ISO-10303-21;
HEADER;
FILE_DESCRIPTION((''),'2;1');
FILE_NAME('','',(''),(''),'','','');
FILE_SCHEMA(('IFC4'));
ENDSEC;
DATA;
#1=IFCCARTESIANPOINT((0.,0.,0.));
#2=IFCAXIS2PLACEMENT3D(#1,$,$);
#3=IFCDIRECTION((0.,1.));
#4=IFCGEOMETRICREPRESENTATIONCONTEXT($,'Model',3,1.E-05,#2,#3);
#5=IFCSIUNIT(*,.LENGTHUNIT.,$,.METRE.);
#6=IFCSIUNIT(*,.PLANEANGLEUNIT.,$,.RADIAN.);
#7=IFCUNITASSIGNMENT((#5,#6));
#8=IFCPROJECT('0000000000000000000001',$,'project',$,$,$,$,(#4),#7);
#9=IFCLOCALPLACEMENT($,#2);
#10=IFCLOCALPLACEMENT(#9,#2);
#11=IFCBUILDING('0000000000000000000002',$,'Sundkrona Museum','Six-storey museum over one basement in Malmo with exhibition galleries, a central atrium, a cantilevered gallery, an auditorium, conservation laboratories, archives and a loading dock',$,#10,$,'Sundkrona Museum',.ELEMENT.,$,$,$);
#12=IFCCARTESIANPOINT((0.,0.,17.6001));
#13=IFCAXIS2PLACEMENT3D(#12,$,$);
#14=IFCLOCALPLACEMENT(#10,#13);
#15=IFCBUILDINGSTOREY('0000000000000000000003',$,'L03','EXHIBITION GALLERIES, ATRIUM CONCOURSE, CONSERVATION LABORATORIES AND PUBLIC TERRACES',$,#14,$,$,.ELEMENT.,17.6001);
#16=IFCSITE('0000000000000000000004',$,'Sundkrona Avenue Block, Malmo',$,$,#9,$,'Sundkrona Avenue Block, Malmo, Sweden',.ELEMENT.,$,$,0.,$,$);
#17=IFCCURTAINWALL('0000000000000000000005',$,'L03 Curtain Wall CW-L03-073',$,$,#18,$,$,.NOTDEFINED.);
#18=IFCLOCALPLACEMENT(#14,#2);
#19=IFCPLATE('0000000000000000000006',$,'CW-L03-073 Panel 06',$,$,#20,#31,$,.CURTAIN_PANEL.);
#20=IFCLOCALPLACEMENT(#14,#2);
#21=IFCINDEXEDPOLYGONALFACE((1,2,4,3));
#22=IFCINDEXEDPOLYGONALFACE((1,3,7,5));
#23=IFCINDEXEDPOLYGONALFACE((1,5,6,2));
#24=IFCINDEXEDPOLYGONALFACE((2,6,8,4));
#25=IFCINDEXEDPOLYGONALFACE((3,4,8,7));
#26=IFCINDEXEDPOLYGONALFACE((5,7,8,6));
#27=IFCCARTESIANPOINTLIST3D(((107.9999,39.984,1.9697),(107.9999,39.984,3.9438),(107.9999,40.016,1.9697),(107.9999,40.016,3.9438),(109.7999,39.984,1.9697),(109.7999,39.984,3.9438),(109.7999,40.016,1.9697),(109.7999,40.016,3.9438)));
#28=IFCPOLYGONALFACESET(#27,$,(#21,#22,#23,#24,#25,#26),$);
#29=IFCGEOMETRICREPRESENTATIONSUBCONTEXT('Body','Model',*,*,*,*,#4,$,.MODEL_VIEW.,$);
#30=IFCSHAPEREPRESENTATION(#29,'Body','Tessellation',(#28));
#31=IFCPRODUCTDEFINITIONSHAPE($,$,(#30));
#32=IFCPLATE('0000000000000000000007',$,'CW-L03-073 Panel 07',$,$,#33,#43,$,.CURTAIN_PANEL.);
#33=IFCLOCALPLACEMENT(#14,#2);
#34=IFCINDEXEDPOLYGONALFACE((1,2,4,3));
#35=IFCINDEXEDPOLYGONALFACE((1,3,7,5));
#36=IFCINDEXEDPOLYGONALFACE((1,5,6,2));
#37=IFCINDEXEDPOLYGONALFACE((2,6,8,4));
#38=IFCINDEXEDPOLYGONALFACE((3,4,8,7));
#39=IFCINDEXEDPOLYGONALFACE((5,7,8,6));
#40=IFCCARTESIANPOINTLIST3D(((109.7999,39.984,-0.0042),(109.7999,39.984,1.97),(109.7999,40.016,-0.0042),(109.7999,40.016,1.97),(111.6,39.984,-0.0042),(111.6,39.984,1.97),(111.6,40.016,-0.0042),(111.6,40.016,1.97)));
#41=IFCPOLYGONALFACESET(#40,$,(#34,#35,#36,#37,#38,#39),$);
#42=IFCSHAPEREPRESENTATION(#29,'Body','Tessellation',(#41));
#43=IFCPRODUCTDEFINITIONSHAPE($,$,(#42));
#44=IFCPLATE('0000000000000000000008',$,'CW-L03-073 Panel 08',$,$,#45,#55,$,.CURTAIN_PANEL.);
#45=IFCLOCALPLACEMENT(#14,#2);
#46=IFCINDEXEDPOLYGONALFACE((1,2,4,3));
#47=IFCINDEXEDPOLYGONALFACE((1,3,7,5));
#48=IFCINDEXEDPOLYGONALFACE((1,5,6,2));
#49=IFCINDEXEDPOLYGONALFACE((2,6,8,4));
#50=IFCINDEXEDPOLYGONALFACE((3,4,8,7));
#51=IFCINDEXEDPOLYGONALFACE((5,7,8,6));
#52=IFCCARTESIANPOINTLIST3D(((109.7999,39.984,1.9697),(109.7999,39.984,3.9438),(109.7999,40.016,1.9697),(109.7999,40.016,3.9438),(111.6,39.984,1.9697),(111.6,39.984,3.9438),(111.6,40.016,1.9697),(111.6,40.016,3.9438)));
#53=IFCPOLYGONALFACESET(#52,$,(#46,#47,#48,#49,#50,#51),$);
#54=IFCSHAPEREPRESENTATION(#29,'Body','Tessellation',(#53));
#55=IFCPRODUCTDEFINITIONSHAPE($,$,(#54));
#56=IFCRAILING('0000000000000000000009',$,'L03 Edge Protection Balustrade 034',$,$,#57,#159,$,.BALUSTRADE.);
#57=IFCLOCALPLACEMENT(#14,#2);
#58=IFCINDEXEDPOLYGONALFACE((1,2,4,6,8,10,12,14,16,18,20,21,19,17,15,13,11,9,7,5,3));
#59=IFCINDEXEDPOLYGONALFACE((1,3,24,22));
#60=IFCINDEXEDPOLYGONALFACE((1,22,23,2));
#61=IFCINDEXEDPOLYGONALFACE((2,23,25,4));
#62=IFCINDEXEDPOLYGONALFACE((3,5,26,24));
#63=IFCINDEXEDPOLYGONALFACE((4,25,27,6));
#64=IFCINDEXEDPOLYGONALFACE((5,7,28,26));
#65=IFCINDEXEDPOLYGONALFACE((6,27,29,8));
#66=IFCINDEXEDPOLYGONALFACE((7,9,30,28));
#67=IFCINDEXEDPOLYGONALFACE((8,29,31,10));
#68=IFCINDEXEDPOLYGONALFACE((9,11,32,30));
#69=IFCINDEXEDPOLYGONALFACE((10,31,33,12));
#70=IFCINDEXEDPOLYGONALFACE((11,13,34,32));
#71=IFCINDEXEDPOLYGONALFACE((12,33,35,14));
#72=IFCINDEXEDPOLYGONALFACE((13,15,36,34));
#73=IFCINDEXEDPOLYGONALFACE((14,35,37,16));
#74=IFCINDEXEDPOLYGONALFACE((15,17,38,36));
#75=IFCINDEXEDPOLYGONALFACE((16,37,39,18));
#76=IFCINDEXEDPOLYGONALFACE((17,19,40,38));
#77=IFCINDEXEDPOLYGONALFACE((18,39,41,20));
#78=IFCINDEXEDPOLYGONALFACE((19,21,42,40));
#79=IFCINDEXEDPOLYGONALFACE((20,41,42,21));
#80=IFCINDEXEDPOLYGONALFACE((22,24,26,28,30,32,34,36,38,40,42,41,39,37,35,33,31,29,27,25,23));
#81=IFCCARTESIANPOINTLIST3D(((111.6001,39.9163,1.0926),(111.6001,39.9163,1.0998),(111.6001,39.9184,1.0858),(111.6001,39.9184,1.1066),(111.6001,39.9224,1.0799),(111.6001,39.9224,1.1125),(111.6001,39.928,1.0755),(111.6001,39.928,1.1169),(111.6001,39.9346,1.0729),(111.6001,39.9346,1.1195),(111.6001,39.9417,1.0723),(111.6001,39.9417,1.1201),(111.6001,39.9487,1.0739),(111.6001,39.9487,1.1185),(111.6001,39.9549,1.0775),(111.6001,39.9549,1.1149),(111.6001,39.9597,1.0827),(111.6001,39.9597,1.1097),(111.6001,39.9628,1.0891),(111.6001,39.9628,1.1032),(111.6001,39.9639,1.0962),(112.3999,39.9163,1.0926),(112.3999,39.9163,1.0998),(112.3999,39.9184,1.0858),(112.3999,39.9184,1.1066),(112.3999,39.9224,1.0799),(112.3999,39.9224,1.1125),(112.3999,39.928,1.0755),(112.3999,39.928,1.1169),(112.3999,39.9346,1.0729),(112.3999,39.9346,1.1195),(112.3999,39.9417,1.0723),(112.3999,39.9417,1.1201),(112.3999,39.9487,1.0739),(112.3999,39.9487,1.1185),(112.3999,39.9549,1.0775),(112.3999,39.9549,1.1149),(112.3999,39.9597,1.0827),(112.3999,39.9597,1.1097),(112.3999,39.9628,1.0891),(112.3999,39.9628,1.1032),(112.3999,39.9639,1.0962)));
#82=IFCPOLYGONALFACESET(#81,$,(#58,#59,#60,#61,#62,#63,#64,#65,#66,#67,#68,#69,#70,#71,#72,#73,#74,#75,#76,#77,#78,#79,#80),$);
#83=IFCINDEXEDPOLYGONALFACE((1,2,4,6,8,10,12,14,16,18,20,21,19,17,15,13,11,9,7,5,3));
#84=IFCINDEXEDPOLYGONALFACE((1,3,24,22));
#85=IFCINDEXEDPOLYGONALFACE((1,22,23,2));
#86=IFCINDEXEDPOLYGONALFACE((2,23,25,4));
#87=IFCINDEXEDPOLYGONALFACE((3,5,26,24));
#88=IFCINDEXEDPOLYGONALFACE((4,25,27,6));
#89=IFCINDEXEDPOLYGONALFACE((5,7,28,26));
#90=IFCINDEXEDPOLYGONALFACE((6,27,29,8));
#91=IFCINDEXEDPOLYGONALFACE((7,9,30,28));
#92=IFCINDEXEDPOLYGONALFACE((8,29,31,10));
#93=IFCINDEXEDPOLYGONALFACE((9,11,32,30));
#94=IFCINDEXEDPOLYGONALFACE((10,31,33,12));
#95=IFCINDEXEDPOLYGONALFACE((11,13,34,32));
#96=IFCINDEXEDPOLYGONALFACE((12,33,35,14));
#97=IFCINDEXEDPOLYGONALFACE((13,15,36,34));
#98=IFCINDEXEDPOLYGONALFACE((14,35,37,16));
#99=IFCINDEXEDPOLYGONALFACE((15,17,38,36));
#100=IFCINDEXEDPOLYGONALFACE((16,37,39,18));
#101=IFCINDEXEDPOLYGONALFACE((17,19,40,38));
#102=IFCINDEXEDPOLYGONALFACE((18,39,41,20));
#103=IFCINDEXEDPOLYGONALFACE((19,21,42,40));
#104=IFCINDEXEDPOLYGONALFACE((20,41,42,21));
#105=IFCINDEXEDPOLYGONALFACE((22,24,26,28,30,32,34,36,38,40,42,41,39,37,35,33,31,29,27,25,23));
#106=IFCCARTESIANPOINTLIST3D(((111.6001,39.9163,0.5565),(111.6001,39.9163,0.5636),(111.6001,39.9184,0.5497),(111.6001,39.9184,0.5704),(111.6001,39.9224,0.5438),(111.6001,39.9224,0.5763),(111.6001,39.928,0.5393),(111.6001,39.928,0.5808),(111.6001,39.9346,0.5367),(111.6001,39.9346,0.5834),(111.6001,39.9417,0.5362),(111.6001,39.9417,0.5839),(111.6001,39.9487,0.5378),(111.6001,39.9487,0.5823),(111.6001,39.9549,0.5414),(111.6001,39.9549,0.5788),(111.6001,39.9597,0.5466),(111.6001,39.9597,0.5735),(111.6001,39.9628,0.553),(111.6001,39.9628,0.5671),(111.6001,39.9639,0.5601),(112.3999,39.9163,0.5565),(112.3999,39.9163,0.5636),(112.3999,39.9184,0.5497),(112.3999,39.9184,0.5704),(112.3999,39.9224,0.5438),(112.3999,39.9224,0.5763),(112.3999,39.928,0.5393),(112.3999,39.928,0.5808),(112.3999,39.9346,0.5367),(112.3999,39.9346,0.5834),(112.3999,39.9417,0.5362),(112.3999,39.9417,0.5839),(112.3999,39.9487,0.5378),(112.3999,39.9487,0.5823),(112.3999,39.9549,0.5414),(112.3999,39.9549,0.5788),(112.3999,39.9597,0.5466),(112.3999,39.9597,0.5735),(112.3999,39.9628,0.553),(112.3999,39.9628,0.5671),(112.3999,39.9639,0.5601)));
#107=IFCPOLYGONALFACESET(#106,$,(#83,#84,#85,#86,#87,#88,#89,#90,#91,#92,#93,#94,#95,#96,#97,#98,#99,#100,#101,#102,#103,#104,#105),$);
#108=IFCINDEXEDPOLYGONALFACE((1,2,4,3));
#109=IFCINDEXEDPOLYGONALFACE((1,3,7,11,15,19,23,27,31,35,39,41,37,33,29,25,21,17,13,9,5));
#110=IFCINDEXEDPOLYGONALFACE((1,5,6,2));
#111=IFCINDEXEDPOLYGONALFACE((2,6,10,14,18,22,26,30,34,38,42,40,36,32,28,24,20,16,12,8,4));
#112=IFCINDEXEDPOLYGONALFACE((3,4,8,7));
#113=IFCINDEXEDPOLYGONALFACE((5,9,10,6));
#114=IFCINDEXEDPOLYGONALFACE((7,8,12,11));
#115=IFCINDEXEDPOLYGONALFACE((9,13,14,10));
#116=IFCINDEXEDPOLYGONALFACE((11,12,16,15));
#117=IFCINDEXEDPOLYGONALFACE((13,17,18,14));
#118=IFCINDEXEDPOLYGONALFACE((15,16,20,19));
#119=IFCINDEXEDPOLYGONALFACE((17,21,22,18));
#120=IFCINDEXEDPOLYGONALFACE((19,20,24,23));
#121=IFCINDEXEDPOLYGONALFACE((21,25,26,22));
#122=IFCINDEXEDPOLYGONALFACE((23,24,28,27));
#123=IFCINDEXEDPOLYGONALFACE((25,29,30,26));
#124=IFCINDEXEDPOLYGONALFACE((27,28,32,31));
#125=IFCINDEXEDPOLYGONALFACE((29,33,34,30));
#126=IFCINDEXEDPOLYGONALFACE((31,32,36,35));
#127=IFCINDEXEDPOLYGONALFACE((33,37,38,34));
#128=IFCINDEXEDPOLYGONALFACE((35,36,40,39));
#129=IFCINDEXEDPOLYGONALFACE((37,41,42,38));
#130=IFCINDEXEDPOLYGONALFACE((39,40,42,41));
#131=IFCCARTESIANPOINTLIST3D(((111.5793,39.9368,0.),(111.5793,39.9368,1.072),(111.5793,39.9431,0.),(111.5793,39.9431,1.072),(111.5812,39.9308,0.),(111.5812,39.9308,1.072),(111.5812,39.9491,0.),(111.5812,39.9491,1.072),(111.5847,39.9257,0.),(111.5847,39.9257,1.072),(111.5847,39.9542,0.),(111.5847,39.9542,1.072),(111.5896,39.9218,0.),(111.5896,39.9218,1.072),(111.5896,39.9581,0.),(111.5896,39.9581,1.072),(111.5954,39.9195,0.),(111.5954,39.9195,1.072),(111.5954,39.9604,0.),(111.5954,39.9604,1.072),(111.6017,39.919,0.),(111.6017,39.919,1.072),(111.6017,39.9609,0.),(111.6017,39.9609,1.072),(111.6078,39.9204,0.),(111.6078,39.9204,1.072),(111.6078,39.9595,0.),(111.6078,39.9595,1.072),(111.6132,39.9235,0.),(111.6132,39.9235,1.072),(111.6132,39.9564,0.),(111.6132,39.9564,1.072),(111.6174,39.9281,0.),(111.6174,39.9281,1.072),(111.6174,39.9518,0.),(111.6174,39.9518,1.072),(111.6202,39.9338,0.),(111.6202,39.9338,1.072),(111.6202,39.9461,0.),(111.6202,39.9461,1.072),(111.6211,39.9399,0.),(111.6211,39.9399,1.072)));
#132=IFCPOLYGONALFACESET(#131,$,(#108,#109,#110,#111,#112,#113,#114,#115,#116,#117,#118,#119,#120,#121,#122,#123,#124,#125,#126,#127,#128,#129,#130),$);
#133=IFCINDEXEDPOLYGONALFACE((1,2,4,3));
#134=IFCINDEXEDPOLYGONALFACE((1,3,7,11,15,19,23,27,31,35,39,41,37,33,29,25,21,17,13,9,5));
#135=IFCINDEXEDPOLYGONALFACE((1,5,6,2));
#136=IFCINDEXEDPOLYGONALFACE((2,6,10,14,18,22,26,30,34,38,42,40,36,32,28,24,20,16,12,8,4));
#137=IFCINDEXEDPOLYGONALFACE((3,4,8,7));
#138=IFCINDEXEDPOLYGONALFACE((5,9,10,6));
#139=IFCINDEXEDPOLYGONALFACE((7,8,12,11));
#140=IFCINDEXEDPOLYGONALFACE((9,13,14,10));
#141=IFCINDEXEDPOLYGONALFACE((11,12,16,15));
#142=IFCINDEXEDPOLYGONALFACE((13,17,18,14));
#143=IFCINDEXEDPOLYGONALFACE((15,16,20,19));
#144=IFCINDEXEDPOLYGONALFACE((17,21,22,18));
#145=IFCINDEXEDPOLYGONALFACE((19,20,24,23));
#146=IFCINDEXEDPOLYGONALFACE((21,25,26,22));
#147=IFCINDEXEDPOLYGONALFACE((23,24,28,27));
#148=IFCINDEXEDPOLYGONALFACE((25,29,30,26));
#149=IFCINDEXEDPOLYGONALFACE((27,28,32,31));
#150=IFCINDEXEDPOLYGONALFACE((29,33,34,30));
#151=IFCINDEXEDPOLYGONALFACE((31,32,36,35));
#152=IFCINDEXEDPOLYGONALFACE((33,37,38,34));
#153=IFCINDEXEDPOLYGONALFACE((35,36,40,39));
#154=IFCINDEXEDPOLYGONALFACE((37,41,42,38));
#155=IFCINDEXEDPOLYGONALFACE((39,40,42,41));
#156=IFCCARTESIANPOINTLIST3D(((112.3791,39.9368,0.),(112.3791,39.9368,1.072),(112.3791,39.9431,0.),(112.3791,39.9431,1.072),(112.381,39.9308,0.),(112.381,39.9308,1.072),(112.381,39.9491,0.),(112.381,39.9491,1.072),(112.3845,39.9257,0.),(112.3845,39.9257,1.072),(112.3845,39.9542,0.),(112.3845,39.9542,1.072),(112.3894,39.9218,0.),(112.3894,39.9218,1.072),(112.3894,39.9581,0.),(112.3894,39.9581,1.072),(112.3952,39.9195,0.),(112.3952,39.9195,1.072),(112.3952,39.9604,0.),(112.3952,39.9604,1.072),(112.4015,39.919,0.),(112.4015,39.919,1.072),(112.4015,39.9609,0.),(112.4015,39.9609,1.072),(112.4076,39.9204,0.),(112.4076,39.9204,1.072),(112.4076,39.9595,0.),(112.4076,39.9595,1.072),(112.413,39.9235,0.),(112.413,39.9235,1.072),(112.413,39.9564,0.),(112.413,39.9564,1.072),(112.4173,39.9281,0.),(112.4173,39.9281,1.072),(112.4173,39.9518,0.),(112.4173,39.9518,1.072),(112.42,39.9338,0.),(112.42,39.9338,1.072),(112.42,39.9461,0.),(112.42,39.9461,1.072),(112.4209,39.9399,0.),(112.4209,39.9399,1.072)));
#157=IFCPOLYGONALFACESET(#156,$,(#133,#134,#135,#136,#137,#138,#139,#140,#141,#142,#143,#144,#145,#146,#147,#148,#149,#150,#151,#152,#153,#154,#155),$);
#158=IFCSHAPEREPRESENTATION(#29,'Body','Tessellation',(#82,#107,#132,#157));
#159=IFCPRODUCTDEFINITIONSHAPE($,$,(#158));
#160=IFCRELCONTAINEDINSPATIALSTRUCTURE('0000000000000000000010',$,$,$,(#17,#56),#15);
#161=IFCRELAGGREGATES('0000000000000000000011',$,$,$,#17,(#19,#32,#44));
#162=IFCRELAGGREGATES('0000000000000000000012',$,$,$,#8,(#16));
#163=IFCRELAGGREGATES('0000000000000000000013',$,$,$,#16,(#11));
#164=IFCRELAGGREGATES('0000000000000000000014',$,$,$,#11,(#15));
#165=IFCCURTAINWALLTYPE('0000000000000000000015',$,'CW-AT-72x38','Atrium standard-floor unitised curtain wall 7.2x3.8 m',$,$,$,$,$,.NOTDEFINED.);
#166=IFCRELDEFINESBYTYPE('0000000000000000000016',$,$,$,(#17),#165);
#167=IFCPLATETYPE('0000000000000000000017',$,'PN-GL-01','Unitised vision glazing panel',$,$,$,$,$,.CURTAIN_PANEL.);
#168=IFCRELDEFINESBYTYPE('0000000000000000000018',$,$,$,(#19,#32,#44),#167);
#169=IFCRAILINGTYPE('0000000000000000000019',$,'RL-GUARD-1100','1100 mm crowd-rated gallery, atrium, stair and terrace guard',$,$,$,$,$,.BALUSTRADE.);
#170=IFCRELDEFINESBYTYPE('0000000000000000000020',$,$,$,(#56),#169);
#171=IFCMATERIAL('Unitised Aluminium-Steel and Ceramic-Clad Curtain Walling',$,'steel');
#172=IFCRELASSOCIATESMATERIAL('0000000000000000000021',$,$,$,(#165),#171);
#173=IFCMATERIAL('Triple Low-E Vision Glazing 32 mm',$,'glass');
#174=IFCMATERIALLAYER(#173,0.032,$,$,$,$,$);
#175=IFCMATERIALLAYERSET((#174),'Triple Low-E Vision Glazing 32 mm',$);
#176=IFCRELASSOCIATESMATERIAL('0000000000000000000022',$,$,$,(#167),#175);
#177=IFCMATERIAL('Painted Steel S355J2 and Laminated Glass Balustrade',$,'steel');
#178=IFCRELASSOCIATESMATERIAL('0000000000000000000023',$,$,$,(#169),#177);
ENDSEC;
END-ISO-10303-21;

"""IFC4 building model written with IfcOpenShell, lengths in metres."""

from ifc_helpers import new_model, si_unit, direction, frame, origin, origin_2d, place, context, subcontext, project, spatial, rectangle, circle, extrude, material, layer, layer_set, type_object, element, aggregate, save


model = new_model("IFC4")

# Units and contexts
model_context = context("Model", 3, precision=1e-05, world=origin(), true_north=direction((0.0, 1.0)))
body_context = subcontext(model_context, "Body", "Model", "MODEL_VIEW")
ifc_project = project(units=[si_unit("LENGTHUNIT", "METRE"), si_unit("PLANEANGLEUNIT", "RADIAN")], contexts=[model_context])

# Site, building, storey
site_placement = place(None, origin())
site = spatial("IfcSite", under=ifc_project, at=site_placement, Name="Sundkrona Avenue Block, Malmo", LongName="Sundkrona Avenue Block, Malmo, Sweden", CompositionType="ELEMENT", RefElevation=0.0)
building_placement = place(site_placement, origin())
building = spatial("IfcBuilding", under=site, at=building_placement, Name="Sundkrona Museum", Description="Six-storey museum over one basement in Malmo with exhibition galleries, a central atrium, a cantilevered gallery, an auditorium, conservation laboratories, archives and a loading dock", LongName="Sundkrona Museum", CompositionType="ELEMENT")
storey_placement = place(building_placement, frame((0.0, 0.0, 17.6001)))
storey = spatial("IfcBuildingStorey", under=building, at=storey_placement, Name="L03", Description="EXHIBITION GALLERIES, ATRIUM CONCOURSE, CONSERVATION LABORATORIES AND PUBLIC TERRACES", CompositionType="ELEMENT", Elevation=17.6001)

# Curtain wall
ifc_material_1 = material(Name="Unitised Aluminium-Steel and Ceramic-Clad Curtain Walling", Category="steel")
curtain_wall_type = type_object("IfcCurtainWallType", Name="CW-AT-72x38", Description="Atrium standard-floor unitised curtain wall 7.2x3.8 m", PredefinedType="NOTDEFINED", material=ifc_material_1)
curtain_wall_1_placement = place(storey_placement, origin())
curtain_wall_1 = element("IfcCurtainWall", 1, at=curtain_wall_1_placement, inside=storey, type_object=curtain_wall_type, Name="L03 Curtain Wall CW-L03-073", PredefinedType="NOTDEFINED")

# Plates
ifc_material_2 = material(Name="Triple Low-E Vision Glazing 32 mm", Category="glass")
ifc_layer = layer(ifc_material_2, 0.032)
ifc_layer_set = layer_set([ifc_layer], Name="Triple Low-E Vision Glazing 32 mm")
plate_type = type_object("IfcPlateType", Name="PN-GL-01", Description="Unitised vision glazing panel", PredefinedType="CURTAIN_PANEL", material=ifc_layer_set)
plate_1_placement = place(storey_placement, frame((108.8999, 40.0, 1.9697), z_axis=(0.0, 0.0, 1.0), x_axis=(1.0, 0.0, 0.0)))
plate_1 = element("IfcPlate", 2, at=plate_1_placement, type_object=plate_type, Name="CW-L03-073 Panel 06", PredefinedType="CURTAIN_PANEL", context=body_context, shape_type="SweptSolid", body=[
    extrude(rectangle(XDim=1.8, YDim=0.032, at=origin_2d()), origin(), (0.0, 0.0, 1.0), 1.9741),
])
plate_2_placement = place(storey_placement, frame((110.7, 40.0, -0.0042), z_axis=(0.0, 0.0, 1.0), x_axis=(1.0, 0.0, 0.0)))
plate_2 = element("IfcPlate", 3, at=plate_2_placement, type_object=plate_type, Name="CW-L03-073 Panel 07", PredefinedType="CURTAIN_PANEL", context=body_context, shape_type="SweptSolid", body=[
    extrude(rectangle(XDim=1.8, YDim=0.032, at=origin_2d()), origin(), (0.0, 0.0, 1.0), 1.9741),
])
plate_3_placement = place(storey_placement, frame((110.7, 40.0, 1.9697), z_axis=(0.0, 0.0, 1.0), x_axis=(1.0, 0.0, 0.0)))
plate_3 = element("IfcPlate", 4, at=plate_3_placement, type_object=plate_type, Name="CW-L03-073 Panel 08", PredefinedType="CURTAIN_PANEL", context=body_context, shape_type="SweptSolid", body=[
    extrude(rectangle(XDim=1.8, YDim=0.032, at=origin_2d()), origin(), (0.0, 0.0, 1.0), 1.9741),
])
aggregate(curtain_wall_1, [plate_1, plate_2, plate_3])

# Railing
ifc_material_3 = material(Name="Painted Steel S355J2 and Laminated Glass Balustrade", Category="steel")
railing_type = type_object("IfcRailingType", Name="RL-GUARD-1100", Description="1100 mm crowd-rated gallery, atrium, stair and terrace guard", PredefinedType="BALUSTRADE", material=ifc_material_3)
railing_1_placement = place(storey_placement, frame((111.6001, 39.9399, 0.0)))
element("IfcRailing", 5, at=railing_1_placement, inside=storey, type_object=railing_type, Name="L03 Edge Protection Balustrade 034", PredefinedType="BALUSTRADE", context=body_context, shape_type="SweptSolid", body=[
    extrude(circle(Radius=0.0239, at=origin_2d()), frame((0.0, 0.0, 1.0962), z_axis=(1.0, 0.0, 0.0), x_axis=(0.0, 1.0, 0.0)), (0.0, 0.0, 1.0), 0.7998),
    extrude(circle(Radius=0.0239, at=origin_2d()), frame((0.0, 0.0, 0.5601), z_axis=(1.0, 0.0, 0.0), x_axis=(0.0, 1.0, 0.0)), (0.0, 0.0, 1.0), 0.7998),
    extrude(circle(Radius=0.021, at=origin_2d()), origin(), (0.0, 0.0, 1.0), 1.072),
    extrude(circle(Radius=0.021, at=origin_2d()), frame((0.7998, 0.0, 0.0)), (0.0, 0.0, 1.0), 1.072),
])

save(model, "model.ifc")
